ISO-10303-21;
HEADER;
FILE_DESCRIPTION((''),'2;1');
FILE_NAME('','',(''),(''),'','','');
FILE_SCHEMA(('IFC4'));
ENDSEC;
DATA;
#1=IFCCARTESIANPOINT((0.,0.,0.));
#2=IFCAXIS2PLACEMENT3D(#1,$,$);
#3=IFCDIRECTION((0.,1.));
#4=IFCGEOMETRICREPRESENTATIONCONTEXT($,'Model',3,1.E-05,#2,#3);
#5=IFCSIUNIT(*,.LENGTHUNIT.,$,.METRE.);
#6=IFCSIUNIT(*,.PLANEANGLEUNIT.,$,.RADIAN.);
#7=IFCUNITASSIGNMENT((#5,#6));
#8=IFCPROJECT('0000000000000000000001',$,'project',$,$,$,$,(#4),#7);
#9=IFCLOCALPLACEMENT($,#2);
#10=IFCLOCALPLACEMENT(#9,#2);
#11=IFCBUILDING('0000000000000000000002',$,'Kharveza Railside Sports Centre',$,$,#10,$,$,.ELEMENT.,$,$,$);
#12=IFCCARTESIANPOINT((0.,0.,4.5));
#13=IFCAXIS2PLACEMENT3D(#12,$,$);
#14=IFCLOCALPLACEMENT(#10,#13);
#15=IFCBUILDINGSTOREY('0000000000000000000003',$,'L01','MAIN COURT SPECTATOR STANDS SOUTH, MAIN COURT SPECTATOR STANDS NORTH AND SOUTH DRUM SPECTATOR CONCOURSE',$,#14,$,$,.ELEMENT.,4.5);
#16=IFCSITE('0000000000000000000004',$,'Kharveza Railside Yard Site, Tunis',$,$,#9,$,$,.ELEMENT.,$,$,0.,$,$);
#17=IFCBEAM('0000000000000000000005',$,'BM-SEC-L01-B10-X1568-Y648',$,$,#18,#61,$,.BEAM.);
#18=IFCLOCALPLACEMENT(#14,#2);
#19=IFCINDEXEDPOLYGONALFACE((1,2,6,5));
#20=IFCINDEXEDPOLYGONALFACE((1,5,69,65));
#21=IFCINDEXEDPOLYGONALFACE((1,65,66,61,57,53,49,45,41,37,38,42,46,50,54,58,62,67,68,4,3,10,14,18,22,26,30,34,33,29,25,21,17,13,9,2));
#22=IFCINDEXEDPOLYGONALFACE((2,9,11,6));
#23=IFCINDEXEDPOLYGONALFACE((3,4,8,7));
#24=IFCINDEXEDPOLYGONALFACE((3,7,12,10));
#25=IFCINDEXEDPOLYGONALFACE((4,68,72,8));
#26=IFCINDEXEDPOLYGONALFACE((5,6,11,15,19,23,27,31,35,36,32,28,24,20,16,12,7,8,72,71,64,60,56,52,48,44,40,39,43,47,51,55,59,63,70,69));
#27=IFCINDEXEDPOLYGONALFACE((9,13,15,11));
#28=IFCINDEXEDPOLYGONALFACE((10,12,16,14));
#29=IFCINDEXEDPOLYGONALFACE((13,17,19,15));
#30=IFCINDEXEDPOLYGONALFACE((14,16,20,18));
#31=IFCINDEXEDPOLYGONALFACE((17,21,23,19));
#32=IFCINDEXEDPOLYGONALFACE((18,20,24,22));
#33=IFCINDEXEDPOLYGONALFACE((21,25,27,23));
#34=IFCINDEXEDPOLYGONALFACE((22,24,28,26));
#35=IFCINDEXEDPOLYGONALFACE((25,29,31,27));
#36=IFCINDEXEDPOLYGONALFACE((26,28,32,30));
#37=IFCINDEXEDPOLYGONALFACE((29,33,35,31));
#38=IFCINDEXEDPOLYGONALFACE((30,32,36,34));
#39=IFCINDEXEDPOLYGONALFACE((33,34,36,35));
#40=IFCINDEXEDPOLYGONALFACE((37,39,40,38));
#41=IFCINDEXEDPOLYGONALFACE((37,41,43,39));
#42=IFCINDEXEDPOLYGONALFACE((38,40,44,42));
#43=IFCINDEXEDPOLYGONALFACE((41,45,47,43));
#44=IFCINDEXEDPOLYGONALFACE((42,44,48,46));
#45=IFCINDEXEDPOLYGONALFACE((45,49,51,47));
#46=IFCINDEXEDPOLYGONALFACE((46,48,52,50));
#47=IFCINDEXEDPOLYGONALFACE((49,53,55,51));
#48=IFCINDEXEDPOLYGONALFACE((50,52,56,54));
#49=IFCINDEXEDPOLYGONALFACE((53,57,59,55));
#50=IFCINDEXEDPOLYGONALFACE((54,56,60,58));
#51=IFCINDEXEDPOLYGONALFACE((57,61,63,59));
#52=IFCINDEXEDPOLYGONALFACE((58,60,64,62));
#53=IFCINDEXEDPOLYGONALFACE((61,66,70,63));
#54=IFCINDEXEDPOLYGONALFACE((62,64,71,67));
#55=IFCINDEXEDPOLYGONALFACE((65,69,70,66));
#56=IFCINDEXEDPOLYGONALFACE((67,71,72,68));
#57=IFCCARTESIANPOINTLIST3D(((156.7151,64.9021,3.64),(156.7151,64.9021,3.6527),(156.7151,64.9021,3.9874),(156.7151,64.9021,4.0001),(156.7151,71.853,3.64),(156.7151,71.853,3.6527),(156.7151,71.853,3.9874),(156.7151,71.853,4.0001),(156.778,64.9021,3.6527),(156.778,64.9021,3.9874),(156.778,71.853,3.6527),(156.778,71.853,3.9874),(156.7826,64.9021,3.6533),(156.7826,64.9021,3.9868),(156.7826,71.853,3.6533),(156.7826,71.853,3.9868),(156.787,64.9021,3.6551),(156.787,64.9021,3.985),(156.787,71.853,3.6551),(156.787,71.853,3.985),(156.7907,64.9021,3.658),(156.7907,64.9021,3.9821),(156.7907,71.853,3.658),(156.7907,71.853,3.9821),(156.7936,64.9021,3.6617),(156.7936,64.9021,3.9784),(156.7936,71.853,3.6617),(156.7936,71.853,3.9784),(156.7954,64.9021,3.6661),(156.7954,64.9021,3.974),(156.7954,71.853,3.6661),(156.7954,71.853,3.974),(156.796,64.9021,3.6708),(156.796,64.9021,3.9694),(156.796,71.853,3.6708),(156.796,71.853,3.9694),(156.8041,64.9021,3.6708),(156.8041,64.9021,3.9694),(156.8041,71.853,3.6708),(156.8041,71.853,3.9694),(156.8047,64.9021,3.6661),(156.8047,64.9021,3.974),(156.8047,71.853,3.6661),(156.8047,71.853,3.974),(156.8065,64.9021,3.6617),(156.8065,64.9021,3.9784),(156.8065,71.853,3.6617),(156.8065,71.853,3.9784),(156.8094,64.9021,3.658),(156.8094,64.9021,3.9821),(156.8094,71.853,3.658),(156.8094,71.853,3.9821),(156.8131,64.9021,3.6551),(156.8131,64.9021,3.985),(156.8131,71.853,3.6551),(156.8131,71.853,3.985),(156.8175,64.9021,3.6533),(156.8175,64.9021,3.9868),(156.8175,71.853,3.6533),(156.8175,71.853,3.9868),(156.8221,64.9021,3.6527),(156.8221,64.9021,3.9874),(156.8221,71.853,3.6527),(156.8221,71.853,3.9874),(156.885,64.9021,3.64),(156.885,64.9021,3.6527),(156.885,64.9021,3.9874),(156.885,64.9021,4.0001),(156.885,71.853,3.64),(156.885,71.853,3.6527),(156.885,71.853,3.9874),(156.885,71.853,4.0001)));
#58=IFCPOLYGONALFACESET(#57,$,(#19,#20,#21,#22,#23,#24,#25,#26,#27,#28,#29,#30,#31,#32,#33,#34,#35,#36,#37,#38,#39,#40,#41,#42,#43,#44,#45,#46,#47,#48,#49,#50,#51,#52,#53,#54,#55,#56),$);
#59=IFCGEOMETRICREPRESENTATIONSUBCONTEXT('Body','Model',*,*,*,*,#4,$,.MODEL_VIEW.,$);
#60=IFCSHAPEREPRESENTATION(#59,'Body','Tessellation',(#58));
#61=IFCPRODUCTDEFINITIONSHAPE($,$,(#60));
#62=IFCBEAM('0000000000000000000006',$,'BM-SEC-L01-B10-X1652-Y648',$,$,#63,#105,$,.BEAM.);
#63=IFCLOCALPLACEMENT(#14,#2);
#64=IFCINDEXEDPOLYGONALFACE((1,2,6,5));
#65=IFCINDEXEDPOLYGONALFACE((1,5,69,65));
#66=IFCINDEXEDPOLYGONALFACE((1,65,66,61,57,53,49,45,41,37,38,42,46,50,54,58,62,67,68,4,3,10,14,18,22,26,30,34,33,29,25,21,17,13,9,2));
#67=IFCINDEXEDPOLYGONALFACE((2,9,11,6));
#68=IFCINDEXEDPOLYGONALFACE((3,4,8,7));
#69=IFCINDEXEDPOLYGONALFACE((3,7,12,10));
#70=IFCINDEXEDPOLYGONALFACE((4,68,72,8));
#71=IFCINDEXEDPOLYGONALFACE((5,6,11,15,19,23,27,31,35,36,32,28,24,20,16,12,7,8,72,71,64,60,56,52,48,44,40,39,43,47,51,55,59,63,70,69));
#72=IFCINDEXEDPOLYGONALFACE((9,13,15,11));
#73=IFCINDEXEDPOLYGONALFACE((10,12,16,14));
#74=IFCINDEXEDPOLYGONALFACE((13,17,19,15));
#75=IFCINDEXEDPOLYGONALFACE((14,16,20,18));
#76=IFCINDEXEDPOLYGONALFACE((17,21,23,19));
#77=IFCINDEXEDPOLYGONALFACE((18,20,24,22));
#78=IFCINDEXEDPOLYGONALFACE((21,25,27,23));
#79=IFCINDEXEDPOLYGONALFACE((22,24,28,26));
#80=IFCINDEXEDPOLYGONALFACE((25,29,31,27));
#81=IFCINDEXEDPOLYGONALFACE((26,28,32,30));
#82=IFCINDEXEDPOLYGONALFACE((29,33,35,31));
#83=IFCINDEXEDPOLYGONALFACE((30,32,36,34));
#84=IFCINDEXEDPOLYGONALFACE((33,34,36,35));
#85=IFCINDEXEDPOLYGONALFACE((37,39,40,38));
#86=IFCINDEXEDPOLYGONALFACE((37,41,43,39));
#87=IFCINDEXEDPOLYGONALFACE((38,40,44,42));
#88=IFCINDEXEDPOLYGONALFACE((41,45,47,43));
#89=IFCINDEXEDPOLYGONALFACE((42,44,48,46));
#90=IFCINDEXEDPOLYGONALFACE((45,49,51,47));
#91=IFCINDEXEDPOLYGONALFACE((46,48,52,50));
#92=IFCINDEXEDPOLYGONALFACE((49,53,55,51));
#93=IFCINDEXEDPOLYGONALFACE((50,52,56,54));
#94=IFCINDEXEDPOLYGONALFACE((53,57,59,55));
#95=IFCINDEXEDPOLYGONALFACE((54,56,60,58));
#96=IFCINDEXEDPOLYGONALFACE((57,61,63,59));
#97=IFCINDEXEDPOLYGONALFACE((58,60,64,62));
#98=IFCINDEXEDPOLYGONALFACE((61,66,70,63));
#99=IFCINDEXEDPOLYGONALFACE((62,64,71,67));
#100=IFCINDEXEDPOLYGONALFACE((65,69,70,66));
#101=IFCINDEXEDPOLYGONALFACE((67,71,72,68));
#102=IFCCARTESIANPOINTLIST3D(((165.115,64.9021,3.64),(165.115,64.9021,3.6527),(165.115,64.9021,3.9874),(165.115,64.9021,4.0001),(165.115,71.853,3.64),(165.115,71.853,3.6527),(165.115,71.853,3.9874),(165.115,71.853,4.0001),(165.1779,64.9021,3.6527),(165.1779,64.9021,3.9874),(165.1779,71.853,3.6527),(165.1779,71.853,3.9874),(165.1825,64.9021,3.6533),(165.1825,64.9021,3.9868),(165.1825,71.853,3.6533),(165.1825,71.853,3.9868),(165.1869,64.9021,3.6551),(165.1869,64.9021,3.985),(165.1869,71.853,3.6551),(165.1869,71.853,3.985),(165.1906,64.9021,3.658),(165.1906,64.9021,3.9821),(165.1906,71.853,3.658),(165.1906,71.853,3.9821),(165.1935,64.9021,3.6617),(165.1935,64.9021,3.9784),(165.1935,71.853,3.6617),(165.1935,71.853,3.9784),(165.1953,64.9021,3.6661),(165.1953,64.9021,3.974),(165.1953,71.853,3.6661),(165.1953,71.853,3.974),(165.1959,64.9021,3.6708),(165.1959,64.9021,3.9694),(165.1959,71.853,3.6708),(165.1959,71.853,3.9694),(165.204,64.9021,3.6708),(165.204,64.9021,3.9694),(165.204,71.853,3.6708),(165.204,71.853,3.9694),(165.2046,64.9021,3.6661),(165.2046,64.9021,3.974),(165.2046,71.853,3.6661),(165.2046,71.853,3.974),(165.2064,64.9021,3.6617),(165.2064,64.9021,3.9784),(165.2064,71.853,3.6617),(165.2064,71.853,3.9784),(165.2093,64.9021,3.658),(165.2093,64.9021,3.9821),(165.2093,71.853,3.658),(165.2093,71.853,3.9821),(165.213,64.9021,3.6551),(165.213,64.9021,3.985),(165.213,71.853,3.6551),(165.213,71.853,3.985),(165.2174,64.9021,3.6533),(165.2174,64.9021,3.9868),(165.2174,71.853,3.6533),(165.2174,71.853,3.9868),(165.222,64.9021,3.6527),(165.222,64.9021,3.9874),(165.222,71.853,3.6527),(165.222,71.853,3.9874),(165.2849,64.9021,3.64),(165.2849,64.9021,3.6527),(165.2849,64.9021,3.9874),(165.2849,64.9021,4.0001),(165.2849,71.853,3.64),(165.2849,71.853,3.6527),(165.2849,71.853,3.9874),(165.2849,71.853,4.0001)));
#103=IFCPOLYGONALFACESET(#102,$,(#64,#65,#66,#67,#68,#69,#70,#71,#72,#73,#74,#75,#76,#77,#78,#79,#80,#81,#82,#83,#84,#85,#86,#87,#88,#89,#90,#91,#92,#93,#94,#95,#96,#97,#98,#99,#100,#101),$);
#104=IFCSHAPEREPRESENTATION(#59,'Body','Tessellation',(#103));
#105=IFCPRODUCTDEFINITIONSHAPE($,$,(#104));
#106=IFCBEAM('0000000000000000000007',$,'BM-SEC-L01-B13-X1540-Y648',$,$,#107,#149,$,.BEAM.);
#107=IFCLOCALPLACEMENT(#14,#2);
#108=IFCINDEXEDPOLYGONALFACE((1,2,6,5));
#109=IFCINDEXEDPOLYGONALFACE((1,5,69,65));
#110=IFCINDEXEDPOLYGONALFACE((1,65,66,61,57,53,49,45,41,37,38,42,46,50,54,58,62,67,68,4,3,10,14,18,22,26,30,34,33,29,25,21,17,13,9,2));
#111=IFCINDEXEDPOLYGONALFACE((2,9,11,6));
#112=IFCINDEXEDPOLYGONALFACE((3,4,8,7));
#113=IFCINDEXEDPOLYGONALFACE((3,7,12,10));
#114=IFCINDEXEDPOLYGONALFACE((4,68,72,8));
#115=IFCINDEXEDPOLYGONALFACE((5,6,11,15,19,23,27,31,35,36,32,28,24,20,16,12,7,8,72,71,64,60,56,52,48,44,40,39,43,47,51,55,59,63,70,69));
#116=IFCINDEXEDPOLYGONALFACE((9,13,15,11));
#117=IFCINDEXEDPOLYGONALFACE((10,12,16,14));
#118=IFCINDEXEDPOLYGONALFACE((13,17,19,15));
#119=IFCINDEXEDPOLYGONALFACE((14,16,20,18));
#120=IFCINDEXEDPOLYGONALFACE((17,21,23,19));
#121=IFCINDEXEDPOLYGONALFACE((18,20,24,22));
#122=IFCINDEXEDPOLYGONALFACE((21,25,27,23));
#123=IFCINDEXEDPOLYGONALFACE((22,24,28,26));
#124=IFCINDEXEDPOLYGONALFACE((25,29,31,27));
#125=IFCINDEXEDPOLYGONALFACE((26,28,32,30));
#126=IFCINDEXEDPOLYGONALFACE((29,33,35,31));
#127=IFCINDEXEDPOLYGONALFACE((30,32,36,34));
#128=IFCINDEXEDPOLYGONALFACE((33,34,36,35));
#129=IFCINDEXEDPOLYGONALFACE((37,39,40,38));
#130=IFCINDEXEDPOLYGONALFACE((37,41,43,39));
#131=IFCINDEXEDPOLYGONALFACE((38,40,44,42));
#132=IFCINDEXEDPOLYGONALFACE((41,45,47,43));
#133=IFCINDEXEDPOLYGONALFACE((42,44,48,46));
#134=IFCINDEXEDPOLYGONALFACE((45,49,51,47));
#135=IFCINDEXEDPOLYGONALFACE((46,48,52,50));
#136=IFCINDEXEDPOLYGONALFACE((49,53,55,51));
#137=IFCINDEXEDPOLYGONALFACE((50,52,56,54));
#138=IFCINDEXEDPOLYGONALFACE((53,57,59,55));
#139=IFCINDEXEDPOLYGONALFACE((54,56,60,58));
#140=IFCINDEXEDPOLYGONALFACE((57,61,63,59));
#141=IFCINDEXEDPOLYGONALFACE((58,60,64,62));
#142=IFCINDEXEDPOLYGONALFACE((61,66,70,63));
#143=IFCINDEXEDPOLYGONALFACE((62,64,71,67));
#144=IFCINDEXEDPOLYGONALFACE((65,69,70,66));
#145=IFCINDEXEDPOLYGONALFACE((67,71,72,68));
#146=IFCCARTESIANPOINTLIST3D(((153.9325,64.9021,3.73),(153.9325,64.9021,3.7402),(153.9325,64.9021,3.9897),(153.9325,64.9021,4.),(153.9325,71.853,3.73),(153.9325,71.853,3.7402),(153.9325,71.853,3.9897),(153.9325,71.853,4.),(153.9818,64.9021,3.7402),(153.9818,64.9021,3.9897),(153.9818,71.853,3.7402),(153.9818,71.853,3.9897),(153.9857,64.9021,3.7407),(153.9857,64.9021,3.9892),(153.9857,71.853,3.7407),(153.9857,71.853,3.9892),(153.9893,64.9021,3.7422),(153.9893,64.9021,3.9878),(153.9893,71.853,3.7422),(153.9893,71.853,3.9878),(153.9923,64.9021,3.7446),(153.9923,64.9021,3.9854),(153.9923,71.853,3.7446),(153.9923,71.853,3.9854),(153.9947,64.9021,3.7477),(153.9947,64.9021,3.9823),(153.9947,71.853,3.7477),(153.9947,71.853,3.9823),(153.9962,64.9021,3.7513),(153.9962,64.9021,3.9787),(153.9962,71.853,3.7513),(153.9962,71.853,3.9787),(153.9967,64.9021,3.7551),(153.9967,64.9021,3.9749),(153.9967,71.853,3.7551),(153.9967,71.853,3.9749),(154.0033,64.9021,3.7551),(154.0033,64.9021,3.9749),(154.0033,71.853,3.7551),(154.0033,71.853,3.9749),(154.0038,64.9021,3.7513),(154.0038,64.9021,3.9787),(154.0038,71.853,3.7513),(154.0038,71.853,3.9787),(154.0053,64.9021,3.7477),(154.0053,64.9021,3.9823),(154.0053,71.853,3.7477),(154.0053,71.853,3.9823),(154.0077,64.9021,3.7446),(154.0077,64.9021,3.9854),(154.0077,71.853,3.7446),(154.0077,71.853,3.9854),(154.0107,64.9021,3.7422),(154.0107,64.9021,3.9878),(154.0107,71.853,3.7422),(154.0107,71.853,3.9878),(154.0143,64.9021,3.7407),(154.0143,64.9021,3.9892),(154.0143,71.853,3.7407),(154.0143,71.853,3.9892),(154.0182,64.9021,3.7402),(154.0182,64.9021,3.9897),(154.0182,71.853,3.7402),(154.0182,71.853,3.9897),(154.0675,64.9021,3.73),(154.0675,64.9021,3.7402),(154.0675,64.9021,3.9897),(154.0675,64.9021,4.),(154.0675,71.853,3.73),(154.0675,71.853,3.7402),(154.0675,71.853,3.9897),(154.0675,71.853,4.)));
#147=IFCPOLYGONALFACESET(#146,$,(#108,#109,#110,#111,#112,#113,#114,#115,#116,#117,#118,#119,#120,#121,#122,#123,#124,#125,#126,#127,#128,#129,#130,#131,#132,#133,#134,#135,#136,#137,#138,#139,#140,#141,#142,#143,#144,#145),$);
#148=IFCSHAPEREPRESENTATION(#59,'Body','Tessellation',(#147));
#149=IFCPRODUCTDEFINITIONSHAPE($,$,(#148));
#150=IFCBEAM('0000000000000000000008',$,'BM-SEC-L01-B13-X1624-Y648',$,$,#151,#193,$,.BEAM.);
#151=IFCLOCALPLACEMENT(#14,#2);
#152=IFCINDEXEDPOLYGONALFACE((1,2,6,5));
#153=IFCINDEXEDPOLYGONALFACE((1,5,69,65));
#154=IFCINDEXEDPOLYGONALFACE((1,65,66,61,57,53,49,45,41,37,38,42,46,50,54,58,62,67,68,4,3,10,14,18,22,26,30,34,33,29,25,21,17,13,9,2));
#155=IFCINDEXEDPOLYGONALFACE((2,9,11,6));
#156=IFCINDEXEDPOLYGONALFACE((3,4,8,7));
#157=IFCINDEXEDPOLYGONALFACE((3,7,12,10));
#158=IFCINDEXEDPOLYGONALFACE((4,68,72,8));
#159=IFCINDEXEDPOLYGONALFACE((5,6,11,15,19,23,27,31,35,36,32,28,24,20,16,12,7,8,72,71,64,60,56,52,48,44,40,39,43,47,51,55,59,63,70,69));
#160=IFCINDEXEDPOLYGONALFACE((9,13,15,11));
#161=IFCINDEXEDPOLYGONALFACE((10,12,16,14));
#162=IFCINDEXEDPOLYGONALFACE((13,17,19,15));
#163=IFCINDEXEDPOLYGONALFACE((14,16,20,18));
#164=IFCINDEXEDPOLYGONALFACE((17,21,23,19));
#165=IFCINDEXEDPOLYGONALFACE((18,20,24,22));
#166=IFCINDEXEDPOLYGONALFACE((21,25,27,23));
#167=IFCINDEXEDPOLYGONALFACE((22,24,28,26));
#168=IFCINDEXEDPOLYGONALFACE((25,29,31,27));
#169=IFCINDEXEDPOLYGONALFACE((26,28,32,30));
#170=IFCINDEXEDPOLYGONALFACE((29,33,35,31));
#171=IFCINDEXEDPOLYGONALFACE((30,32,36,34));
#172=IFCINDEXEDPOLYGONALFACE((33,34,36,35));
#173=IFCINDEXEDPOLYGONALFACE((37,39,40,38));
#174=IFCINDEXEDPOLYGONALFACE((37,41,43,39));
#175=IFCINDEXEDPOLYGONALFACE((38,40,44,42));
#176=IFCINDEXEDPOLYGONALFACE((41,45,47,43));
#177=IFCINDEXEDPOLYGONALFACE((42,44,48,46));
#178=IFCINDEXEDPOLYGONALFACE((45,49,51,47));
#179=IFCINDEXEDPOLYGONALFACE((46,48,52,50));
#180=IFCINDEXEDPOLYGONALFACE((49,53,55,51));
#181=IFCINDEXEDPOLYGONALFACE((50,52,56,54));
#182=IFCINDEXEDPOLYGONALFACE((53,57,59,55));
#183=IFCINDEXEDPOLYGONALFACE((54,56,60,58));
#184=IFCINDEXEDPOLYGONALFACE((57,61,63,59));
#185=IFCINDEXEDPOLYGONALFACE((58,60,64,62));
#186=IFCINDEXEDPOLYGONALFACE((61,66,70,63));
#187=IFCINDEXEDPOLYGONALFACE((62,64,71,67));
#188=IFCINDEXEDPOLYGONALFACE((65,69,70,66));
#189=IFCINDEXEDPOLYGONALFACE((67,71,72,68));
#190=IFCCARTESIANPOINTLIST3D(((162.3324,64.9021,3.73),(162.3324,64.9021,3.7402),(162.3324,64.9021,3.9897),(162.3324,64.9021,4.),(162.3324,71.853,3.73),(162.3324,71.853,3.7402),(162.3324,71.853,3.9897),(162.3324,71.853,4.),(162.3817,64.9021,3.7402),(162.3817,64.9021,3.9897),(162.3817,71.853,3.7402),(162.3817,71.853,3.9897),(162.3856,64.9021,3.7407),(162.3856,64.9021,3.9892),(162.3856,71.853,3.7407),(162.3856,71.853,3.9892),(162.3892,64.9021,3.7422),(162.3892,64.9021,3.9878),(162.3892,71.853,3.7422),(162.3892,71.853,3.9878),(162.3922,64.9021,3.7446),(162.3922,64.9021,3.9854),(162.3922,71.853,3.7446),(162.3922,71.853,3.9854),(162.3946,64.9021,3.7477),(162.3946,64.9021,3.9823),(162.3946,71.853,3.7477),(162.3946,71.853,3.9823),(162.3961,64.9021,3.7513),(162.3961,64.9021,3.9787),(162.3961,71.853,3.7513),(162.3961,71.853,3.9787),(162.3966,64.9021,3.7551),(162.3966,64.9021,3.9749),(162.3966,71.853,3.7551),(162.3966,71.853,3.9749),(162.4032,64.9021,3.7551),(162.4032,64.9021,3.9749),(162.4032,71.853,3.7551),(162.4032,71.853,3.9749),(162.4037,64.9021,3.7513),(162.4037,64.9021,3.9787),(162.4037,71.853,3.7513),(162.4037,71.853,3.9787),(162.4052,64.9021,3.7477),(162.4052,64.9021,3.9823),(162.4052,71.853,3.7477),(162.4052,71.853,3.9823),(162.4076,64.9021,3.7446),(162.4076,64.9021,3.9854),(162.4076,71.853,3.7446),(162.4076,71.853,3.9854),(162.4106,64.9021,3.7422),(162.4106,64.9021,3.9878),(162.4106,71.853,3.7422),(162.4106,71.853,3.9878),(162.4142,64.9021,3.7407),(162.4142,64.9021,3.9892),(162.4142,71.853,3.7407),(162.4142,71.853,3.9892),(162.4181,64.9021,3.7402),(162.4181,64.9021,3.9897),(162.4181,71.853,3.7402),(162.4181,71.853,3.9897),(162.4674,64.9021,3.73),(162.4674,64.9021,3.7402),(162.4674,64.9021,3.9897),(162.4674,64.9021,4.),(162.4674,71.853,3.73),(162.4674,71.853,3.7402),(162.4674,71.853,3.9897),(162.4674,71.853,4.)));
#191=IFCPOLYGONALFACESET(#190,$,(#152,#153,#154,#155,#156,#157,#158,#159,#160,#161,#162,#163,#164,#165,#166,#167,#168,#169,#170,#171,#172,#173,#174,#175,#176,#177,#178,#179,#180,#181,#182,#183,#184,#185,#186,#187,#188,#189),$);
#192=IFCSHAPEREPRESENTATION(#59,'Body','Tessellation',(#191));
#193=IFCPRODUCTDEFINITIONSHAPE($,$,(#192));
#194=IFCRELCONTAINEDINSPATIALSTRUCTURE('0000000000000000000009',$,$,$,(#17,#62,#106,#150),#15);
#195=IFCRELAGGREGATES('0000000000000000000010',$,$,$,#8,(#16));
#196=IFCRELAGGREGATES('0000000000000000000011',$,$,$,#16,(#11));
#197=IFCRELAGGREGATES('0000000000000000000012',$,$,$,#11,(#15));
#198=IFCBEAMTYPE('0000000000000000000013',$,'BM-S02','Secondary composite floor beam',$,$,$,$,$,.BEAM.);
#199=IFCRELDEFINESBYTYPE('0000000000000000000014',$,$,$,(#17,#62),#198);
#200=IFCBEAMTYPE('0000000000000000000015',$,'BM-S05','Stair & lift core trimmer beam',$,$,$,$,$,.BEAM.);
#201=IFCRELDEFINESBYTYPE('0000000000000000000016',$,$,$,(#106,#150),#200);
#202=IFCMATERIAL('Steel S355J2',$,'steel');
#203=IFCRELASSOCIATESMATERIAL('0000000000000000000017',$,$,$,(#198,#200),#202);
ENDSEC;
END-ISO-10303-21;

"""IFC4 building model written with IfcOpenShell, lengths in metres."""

from ifc_helpers import new_model, si_unit, direction, frame, origin, origin_2d, place, context, subcontext, project, spatial, i_section, extrude, material, material_profile, profile_set, type_object, element, save


model = new_model("IFC4")

# Units and contexts
model_context = context("Model", 3, precision=1e-05, world=origin(), true_north=direction((0.0, 1.0)))
body_context = subcontext(model_context, "Body", "Model", "MODEL_VIEW")
ifc_project = project(units=[si_unit("LENGTHUNIT", "METRE"), si_unit("PLANEANGLEUNIT", "RADIAN")], contexts=[model_context])

# Site, building, storey
site_placement = place(None, origin())
site = spatial("IfcSite", under=ifc_project, at=site_placement, Name="Kharveza Railside Yard Site, Tunis", CompositionType="ELEMENT", RefElevation=0.0)
building_placement = place(site_placement, origin())
building = spatial("IfcBuilding", under=site, at=building_placement, Name="Kharveza Railside Sports Centre", CompositionType="ELEMENT")
storey_placement = place(building_placement, frame((0.0, 0.0, 4.5)))
storey = spatial("IfcBuildingStorey", under=building, at=storey_placement, Name="L01", Description="MAIN COURT SPECTATOR STANDS SOUTH, MAIN COURT SPECTATOR STANDS NORTH AND SOUTH DRUM SPECTATOR CONCOURSE", CompositionType="ELEMENT", Elevation=4.5)

# Shared definitions
ifc_material_1 = material(Name="Steel S355J2", Category="steel")

# Beams
ifc_material_profile_1 = material_profile(ifc_material_1, i_section(OverallWidth=0.1699, OverallDepth=0.3601, WebThickness=0.0081, FlangeThickness=0.0127, FilletRadius=0.0181, at=origin_2d()), Name="IPE 360")
ifc_profile_set_1 = profile_set([ifc_material_profile_1], Name="Steel S355J2")
beam_type_1 = type_object("IfcBeamType", Name="BM-S02", Description="Secondary composite floor beam", PredefinedType="BEAM", material=ifc_profile_set_1)
for number, where, z_axis, x_axis, name in (
    (1, (156.8, 64.9021, 3.8201), (0.0, 1.0, 0.0), (-1.0, 0.0, 0.0), "BM-SEC-L01-B10-X1568-Y648"),
    (2, (165.2, 64.9021, 3.8201), (0.0, 1.0, 0.0), (-1.0, 0.0, 0.0), "BM-SEC-L01-B10-X1652-Y648"),
):
    element("IfcBeam", number, at=place(storey_placement, frame(where, z_axis=z_axis, x_axis=x_axis)), inside=storey, type_object=beam_type_1, Name=name, PredefinedType="BEAM", context=body_context, shape_type="SweptSolid", body=[
        extrude(i_section(OverallWidth=0.1699, OverallDepth=0.3601, WebThickness=0.0081, FlangeThickness=0.0127, FilletRadius=0.0181, at=origin_2d()), origin(), (0.0, 0.0, 1.0), 6.9509),
    ])
ifc_material_profile_2 = material_profile(ifc_material_1, i_section(OverallWidth=0.135, OverallDepth=0.27, WebThickness=0.0066, FlangeThickness=0.0103, FilletRadius=0.0149, at=origin_2d()), Name="IPE 270")
ifc_profile_set_2 = profile_set([ifc_material_profile_2], Name="Steel S355J2")
beam_type_2 = type_object("IfcBeamType", Name="BM-S05", Description="Stair & lift core trimmer beam", PredefinedType="BEAM", material=ifc_profile_set_2)
for number, where, z_axis, x_axis, name in (
    (3, (154.0, 64.9021, 3.865), (0.0, 1.0, 0.0), (-1.0, 0.0, 0.0), "BM-SEC-L01-B13-X1540-Y648"),
    (4, (162.3999, 64.9021, 3.865), (0.0, 1.0, 0.0), (-1.0, 0.0, 0.0), "BM-SEC-L01-B13-X1624-Y648"),
):
    element("IfcBeam", number, at=place(storey_placement, frame(where, z_axis=z_axis, x_axis=x_axis)), inside=storey, type_object=beam_type_2, Name=name, PredefinedType="BEAM", context=body_context, shape_type="SweptSolid", body=[
        extrude(i_section(OverallWidth=0.135, OverallDepth=0.27, WebThickness=0.0066, FlangeThickness=0.0103, FilletRadius=0.0149, at=origin_2d()), origin(), (0.0, 0.0, 1.0), 6.9509),
    ])

save(model, "model.ifc")
